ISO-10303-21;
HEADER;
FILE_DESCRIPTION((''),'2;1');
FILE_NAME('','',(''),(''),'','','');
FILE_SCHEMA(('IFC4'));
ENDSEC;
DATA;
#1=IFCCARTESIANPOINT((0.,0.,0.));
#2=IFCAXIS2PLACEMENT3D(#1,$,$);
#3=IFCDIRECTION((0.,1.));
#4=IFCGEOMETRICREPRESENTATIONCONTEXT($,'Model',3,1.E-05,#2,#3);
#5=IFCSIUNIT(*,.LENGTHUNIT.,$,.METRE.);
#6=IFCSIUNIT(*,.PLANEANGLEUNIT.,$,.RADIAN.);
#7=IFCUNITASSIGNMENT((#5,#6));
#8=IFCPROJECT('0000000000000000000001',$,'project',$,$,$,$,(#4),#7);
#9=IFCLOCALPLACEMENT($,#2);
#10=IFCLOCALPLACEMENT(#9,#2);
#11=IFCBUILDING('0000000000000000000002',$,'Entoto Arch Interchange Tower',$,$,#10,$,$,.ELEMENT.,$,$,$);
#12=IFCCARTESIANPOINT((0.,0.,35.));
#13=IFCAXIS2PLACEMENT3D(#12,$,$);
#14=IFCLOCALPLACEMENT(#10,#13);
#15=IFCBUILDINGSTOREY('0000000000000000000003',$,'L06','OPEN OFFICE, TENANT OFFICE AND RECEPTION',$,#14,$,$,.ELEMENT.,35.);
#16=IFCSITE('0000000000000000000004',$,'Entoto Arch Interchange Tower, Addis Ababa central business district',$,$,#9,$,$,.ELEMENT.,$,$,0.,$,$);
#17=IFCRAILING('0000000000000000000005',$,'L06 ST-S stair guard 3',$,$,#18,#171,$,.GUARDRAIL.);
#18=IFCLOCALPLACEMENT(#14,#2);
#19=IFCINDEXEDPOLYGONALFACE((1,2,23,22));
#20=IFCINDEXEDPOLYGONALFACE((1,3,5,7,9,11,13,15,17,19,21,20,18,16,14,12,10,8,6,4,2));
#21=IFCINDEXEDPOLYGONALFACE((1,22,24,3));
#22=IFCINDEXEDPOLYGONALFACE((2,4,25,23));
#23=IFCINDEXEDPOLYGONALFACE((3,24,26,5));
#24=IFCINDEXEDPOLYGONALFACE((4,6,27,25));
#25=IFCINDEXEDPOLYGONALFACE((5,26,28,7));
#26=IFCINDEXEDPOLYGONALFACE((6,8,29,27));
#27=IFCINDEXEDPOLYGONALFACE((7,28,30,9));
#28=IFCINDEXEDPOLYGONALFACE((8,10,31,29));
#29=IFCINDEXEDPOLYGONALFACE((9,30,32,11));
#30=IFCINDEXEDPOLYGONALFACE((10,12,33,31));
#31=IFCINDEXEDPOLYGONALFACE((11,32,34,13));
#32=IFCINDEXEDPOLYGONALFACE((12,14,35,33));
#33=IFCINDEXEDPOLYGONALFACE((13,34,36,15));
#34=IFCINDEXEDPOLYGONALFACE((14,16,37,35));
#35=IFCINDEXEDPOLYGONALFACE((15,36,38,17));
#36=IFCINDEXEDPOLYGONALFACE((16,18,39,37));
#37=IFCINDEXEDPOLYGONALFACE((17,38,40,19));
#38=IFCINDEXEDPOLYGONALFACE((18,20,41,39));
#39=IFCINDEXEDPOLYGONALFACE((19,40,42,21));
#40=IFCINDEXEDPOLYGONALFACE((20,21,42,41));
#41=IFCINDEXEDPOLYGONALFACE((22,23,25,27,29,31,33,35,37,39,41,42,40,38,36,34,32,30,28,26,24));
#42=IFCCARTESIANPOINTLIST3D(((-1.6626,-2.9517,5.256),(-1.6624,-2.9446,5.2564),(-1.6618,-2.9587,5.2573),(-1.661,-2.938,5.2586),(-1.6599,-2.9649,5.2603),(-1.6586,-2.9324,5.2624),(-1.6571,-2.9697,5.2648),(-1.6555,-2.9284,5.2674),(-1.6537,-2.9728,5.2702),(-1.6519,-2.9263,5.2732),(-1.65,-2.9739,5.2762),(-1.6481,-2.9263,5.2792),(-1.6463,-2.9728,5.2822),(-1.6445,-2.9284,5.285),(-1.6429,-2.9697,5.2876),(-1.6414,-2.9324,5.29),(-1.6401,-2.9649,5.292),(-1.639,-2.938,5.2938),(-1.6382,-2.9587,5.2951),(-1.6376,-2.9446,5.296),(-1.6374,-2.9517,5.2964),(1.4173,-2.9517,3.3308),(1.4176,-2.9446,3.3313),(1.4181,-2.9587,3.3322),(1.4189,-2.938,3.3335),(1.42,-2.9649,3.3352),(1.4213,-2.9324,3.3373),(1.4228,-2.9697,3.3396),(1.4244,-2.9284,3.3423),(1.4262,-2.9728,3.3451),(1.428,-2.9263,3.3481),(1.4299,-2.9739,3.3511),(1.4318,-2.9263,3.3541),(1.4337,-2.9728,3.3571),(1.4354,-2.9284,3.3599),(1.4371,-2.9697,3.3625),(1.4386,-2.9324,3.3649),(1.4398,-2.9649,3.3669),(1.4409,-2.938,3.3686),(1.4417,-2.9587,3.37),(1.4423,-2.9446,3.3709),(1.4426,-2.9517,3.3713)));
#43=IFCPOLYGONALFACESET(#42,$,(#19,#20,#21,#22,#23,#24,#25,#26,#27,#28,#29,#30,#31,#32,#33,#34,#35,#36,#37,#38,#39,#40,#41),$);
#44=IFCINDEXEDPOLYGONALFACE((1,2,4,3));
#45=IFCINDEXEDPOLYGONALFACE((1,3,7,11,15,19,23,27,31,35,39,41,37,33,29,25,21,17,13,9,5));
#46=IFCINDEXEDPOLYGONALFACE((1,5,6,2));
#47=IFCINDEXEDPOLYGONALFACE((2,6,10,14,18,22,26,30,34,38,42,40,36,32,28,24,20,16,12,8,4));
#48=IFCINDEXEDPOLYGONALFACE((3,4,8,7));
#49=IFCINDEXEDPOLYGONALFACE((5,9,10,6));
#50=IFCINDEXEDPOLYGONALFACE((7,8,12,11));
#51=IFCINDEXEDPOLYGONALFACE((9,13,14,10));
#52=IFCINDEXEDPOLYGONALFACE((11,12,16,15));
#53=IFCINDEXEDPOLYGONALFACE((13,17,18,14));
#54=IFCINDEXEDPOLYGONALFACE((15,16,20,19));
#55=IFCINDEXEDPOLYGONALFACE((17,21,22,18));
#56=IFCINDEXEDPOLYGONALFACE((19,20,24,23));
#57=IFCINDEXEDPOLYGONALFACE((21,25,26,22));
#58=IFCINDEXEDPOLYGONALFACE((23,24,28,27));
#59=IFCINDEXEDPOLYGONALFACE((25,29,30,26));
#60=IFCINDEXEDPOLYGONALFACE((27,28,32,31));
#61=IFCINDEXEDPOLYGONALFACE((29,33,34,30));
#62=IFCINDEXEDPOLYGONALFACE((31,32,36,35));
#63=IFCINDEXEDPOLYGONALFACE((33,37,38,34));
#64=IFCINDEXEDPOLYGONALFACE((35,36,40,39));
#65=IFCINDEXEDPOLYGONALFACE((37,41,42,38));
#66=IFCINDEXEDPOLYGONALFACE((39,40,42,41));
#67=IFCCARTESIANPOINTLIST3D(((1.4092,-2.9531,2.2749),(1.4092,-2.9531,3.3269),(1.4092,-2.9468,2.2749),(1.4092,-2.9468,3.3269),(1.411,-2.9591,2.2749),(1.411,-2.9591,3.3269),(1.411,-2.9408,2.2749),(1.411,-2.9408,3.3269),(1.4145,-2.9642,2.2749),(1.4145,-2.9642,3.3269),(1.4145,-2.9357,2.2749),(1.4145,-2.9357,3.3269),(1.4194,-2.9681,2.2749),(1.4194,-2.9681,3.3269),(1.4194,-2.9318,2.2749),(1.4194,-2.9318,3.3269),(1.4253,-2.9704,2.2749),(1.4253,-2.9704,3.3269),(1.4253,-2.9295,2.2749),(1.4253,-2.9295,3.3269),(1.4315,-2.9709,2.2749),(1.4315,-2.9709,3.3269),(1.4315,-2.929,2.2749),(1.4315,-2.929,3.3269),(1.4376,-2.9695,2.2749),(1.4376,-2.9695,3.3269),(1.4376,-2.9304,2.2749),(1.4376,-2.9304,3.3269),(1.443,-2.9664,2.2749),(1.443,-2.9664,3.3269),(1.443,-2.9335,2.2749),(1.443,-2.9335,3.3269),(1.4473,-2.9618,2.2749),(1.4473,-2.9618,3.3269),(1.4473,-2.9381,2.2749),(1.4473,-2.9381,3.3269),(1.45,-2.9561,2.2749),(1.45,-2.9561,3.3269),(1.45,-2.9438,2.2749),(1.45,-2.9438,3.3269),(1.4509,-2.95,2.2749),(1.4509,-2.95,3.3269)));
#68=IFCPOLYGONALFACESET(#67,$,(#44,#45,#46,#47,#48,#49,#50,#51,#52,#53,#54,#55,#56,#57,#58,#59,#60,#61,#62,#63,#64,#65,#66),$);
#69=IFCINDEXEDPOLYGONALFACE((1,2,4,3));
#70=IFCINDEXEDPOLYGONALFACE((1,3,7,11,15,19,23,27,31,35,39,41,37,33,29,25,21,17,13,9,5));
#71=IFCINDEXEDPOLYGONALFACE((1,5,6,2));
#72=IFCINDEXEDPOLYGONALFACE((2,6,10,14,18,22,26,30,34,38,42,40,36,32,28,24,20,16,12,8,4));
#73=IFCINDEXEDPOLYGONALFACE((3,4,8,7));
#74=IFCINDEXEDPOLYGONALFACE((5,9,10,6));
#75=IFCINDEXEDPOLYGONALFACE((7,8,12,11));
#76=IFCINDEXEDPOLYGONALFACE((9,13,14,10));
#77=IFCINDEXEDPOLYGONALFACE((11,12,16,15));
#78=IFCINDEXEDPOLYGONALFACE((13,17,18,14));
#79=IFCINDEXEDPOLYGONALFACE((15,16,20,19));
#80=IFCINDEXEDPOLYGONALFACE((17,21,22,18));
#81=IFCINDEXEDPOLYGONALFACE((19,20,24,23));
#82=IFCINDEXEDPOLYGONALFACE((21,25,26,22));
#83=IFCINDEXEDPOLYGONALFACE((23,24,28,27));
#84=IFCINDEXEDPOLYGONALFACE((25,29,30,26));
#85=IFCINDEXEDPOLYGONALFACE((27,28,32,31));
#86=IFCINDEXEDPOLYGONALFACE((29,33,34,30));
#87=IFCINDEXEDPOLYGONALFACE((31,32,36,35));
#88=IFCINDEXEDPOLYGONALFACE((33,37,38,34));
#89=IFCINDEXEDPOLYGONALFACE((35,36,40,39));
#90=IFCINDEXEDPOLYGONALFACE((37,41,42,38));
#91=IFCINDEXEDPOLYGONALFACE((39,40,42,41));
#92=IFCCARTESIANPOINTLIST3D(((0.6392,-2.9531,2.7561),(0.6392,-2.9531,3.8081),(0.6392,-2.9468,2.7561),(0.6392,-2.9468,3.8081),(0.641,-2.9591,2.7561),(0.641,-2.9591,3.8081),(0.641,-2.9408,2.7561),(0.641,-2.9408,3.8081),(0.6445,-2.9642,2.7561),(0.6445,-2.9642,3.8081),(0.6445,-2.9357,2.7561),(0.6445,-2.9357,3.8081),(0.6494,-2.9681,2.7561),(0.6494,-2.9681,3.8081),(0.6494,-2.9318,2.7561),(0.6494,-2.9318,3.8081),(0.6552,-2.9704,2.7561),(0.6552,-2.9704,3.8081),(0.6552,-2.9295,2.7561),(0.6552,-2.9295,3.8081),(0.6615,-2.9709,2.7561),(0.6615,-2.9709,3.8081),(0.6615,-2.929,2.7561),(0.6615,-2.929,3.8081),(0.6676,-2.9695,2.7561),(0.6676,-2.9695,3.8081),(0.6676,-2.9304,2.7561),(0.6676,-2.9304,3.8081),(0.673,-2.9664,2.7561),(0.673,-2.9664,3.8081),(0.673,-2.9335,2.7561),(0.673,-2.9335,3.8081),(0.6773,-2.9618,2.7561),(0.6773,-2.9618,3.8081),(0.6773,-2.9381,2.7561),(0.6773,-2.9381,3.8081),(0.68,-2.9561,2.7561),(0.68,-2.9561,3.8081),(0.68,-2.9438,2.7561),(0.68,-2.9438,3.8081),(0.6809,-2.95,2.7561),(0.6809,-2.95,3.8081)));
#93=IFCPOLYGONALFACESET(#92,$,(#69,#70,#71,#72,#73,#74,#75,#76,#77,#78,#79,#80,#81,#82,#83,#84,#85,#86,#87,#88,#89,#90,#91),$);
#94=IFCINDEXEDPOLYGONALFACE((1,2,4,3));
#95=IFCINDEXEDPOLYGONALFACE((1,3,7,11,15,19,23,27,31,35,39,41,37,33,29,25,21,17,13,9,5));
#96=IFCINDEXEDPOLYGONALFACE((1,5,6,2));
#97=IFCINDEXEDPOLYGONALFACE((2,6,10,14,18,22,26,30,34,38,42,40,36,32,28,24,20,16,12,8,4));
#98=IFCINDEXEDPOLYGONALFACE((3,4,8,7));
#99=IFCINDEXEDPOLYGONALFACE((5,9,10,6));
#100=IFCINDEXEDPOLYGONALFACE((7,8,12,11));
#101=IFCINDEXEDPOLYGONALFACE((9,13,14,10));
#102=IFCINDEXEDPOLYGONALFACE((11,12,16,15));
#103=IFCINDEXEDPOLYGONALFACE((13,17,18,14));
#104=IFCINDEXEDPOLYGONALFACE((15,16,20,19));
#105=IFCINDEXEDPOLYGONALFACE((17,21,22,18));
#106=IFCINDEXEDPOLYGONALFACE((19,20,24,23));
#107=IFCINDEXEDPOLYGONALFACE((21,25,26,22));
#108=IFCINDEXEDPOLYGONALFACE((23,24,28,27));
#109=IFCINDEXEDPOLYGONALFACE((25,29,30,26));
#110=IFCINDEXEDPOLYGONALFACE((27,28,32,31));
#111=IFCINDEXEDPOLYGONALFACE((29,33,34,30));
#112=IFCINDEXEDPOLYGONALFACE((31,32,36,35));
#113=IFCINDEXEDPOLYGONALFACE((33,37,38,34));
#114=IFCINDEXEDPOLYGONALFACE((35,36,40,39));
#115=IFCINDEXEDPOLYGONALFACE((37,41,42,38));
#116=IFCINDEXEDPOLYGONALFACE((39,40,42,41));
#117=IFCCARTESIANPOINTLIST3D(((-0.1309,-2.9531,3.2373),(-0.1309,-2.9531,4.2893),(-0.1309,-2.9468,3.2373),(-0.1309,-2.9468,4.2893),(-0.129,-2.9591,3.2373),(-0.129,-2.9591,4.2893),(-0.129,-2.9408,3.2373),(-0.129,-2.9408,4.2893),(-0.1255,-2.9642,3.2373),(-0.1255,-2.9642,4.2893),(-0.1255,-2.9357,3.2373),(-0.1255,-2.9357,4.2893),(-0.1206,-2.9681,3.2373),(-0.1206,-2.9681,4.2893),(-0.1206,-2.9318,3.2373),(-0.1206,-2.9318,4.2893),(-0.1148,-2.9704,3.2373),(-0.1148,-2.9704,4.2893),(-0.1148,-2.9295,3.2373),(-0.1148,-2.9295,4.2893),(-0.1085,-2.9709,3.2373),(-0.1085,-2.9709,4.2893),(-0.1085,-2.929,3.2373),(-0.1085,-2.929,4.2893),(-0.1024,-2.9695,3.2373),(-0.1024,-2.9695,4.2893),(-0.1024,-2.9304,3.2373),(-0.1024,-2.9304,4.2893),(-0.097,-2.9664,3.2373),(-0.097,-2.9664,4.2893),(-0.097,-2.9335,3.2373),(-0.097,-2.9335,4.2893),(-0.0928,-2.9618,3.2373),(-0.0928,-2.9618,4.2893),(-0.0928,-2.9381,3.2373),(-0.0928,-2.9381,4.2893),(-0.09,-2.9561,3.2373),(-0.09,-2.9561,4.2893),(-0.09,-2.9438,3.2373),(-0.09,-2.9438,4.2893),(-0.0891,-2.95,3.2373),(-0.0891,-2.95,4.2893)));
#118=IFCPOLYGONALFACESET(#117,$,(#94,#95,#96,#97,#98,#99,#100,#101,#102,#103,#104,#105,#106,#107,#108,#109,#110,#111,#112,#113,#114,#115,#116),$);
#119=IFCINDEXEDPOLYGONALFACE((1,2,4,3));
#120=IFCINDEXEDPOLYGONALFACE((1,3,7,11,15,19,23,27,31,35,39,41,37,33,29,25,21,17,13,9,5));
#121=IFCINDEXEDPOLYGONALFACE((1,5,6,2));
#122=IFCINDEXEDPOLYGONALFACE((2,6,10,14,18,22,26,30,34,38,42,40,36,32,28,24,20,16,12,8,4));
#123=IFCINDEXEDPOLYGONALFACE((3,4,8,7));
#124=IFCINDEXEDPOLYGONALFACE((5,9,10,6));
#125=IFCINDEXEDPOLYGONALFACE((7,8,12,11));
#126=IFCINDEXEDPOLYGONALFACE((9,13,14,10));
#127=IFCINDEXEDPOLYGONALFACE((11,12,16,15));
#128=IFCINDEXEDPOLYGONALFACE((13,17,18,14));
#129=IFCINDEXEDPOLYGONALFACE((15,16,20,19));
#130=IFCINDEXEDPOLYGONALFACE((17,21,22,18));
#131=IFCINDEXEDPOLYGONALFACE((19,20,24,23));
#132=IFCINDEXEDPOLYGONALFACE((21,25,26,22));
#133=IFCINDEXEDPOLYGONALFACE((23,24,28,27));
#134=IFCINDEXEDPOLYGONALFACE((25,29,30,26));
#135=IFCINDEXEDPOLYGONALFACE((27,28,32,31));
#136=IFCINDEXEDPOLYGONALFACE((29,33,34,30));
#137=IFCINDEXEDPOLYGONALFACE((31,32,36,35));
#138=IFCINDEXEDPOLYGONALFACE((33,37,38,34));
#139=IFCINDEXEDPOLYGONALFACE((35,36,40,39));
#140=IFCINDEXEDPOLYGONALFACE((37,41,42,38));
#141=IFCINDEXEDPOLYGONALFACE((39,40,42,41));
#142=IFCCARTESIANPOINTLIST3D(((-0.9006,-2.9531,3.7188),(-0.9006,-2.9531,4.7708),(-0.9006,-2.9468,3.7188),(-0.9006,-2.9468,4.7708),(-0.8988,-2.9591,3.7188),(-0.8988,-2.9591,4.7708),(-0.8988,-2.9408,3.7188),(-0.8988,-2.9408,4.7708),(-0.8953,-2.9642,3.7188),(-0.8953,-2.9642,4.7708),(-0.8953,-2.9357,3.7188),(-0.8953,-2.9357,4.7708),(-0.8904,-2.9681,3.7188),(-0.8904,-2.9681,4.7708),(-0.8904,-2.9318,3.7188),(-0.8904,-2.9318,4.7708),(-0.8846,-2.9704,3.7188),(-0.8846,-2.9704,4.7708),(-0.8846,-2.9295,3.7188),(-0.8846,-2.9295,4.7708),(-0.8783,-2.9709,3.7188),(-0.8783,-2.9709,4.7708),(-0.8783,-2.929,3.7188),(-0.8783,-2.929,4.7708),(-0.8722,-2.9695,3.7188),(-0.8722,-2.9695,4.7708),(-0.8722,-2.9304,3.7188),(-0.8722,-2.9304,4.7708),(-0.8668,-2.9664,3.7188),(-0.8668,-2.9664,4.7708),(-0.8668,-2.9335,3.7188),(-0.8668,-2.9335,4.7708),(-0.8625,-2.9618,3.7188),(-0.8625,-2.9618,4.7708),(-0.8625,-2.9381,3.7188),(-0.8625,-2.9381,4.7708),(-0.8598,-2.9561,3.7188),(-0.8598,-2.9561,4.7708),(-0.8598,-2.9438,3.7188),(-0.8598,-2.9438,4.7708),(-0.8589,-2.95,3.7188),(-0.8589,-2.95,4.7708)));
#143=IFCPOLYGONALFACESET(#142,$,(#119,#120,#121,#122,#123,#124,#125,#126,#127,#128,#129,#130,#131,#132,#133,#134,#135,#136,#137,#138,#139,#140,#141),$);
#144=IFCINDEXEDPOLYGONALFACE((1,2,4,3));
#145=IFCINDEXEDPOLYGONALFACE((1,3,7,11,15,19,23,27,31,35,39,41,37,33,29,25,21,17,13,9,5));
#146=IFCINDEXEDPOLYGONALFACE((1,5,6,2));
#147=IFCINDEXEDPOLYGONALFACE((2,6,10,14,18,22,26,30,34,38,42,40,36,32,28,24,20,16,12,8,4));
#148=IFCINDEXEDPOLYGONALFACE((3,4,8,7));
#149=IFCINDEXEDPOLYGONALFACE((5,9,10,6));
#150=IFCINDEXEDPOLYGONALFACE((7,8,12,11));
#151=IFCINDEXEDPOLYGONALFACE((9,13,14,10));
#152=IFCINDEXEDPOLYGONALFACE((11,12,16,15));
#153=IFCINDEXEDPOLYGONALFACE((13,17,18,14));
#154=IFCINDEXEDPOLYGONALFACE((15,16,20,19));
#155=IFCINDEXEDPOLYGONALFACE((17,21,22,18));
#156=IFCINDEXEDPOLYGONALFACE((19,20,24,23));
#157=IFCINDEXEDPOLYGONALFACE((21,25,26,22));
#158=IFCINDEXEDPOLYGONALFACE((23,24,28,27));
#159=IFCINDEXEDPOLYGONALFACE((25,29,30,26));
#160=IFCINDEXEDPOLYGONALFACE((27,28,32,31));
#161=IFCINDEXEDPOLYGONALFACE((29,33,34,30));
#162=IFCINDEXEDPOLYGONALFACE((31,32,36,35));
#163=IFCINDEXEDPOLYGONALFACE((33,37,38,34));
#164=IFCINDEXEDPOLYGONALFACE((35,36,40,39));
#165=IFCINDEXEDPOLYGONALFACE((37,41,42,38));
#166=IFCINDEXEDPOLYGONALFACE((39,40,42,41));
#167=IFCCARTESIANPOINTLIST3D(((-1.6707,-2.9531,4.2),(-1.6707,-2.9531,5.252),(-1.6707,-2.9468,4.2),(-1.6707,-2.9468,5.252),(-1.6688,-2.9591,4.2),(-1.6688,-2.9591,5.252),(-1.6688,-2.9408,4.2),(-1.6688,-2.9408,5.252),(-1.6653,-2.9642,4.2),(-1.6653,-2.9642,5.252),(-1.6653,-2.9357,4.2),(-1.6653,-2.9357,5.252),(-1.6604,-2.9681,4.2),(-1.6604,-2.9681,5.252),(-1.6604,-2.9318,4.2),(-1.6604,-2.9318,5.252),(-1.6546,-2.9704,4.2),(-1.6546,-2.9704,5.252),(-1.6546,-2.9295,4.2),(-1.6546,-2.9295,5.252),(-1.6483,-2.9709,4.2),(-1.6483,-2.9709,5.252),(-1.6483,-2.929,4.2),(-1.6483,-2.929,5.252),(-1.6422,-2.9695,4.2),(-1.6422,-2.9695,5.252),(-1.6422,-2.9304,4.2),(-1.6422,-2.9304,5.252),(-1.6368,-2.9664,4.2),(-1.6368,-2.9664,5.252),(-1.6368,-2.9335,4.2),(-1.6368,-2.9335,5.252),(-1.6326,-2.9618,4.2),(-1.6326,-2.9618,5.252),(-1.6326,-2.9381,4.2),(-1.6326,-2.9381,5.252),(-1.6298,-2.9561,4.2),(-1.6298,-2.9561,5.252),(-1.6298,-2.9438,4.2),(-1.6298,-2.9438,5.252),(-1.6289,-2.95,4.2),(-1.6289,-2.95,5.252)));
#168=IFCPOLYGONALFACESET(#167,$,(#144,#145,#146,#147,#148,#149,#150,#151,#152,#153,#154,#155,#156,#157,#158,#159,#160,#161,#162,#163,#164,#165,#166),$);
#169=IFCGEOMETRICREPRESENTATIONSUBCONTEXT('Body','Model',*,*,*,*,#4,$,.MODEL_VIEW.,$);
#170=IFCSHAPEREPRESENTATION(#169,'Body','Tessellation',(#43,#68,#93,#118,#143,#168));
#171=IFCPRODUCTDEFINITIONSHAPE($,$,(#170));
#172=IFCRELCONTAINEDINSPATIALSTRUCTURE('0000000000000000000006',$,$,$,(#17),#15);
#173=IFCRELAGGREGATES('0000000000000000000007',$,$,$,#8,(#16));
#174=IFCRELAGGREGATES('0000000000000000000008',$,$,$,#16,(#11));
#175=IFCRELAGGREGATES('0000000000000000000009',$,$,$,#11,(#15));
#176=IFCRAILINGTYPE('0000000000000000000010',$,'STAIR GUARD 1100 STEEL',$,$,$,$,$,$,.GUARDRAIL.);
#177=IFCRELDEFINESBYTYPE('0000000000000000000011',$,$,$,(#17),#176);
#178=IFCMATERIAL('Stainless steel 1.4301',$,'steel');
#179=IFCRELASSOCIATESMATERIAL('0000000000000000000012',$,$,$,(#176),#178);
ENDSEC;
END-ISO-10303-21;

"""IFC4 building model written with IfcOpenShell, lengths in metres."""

from ifc_helpers import new_model, si_unit, direction, frame, origin, origin_2d, place, context, subcontext, project, spatial, circle, extrude, material, type_object, element, save


model = new_model("IFC4")

# Units and contexts
model_context = context("Model", 3, precision=1e-05, world=origin(), true_north=direction((0.0, 1.0)))
body_context = subcontext(model_context, "Body", "Model", "MODEL_VIEW")
ifc_project = project(units=[si_unit("LENGTHUNIT", "METRE"), si_unit("PLANEANGLEUNIT", "RADIAN")], contexts=[model_context])

# Site, building, storey
site_placement = place(None, origin())
site = spatial("IfcSite", under=ifc_project, at=site_placement, Name="Entoto Arch Interchange Tower, Addis Ababa central business district", CompositionType="ELEMENT", RefElevation=0.0)
building_placement = place(site_placement, origin())
building = spatial("IfcBuilding", under=site, at=building_placement, Name="Entoto Arch Interchange Tower", CompositionType="ELEMENT")
storey_placement = place(building_placement, frame((0.0, 0.0, 35.0)))
storey = spatial("IfcBuildingStorey", under=building, at=storey_placement, Name="L06", Description="OPEN OFFICE, TENANT OFFICE AND RECEPTION", CompositionType="ELEMENT", Elevation=35.0)

# Railing
ifc_material_1 = material(Name="Stainless steel 1.4301", Category="steel")
railing_type_1 = type_object("IfcRailingType", Name="STAIR GUARD 1100 STEEL", PredefinedType="GUARDRAIL", material=ifc_material_1)
railing_1_placement = place(storey_placement, frame((1.4299, -2.95, 2.2749)))
element("IfcRailing", 1, at=railing_1_placement, inside=storey, type_object=railing_type_1, Name="L06 ST-S stair guard 3", PredefinedType="GUARDRAIL", context=body_context, shape_type="SweptSolid", body=[
    extrude(circle(Radius=0.0239, at=origin_2d()), frame((0.0, 0.0, 1.0762), z_axis=(-0.847979, 0.0, 0.530029), x_axis=(0.0, -1.0, 0.0)), (0.0, 0.0, 1.0), 3.6321),
    extrude(circle(Radius=0.021, at=origin_2d()), origin(), (0.0, 0.0, 1.0), 1.052),
    extrude(circle(Radius=0.021, at=origin_2d()), frame((-0.77, 0.0, 0.4812)), (0.0, 0.0, 1.0), 1.052),
    extrude(circle(Radius=0.021, at=origin_2d()), frame((-1.54, 0.0, 0.9624)), (0.0, 0.0, 1.0), 1.052),
    extrude(circle(Radius=0.021, at=origin_2d()), frame((-2.3098, 0.0, 1.4438)), (0.0, 0.0, 1.0), 1.052),
    extrude(circle(Radius=0.021, at=origin_2d()), frame((-3.0798, 0.0, 1.925)), (0.0, 0.0, 1.0), 1.052),
])

save(model, "model.ifc")
